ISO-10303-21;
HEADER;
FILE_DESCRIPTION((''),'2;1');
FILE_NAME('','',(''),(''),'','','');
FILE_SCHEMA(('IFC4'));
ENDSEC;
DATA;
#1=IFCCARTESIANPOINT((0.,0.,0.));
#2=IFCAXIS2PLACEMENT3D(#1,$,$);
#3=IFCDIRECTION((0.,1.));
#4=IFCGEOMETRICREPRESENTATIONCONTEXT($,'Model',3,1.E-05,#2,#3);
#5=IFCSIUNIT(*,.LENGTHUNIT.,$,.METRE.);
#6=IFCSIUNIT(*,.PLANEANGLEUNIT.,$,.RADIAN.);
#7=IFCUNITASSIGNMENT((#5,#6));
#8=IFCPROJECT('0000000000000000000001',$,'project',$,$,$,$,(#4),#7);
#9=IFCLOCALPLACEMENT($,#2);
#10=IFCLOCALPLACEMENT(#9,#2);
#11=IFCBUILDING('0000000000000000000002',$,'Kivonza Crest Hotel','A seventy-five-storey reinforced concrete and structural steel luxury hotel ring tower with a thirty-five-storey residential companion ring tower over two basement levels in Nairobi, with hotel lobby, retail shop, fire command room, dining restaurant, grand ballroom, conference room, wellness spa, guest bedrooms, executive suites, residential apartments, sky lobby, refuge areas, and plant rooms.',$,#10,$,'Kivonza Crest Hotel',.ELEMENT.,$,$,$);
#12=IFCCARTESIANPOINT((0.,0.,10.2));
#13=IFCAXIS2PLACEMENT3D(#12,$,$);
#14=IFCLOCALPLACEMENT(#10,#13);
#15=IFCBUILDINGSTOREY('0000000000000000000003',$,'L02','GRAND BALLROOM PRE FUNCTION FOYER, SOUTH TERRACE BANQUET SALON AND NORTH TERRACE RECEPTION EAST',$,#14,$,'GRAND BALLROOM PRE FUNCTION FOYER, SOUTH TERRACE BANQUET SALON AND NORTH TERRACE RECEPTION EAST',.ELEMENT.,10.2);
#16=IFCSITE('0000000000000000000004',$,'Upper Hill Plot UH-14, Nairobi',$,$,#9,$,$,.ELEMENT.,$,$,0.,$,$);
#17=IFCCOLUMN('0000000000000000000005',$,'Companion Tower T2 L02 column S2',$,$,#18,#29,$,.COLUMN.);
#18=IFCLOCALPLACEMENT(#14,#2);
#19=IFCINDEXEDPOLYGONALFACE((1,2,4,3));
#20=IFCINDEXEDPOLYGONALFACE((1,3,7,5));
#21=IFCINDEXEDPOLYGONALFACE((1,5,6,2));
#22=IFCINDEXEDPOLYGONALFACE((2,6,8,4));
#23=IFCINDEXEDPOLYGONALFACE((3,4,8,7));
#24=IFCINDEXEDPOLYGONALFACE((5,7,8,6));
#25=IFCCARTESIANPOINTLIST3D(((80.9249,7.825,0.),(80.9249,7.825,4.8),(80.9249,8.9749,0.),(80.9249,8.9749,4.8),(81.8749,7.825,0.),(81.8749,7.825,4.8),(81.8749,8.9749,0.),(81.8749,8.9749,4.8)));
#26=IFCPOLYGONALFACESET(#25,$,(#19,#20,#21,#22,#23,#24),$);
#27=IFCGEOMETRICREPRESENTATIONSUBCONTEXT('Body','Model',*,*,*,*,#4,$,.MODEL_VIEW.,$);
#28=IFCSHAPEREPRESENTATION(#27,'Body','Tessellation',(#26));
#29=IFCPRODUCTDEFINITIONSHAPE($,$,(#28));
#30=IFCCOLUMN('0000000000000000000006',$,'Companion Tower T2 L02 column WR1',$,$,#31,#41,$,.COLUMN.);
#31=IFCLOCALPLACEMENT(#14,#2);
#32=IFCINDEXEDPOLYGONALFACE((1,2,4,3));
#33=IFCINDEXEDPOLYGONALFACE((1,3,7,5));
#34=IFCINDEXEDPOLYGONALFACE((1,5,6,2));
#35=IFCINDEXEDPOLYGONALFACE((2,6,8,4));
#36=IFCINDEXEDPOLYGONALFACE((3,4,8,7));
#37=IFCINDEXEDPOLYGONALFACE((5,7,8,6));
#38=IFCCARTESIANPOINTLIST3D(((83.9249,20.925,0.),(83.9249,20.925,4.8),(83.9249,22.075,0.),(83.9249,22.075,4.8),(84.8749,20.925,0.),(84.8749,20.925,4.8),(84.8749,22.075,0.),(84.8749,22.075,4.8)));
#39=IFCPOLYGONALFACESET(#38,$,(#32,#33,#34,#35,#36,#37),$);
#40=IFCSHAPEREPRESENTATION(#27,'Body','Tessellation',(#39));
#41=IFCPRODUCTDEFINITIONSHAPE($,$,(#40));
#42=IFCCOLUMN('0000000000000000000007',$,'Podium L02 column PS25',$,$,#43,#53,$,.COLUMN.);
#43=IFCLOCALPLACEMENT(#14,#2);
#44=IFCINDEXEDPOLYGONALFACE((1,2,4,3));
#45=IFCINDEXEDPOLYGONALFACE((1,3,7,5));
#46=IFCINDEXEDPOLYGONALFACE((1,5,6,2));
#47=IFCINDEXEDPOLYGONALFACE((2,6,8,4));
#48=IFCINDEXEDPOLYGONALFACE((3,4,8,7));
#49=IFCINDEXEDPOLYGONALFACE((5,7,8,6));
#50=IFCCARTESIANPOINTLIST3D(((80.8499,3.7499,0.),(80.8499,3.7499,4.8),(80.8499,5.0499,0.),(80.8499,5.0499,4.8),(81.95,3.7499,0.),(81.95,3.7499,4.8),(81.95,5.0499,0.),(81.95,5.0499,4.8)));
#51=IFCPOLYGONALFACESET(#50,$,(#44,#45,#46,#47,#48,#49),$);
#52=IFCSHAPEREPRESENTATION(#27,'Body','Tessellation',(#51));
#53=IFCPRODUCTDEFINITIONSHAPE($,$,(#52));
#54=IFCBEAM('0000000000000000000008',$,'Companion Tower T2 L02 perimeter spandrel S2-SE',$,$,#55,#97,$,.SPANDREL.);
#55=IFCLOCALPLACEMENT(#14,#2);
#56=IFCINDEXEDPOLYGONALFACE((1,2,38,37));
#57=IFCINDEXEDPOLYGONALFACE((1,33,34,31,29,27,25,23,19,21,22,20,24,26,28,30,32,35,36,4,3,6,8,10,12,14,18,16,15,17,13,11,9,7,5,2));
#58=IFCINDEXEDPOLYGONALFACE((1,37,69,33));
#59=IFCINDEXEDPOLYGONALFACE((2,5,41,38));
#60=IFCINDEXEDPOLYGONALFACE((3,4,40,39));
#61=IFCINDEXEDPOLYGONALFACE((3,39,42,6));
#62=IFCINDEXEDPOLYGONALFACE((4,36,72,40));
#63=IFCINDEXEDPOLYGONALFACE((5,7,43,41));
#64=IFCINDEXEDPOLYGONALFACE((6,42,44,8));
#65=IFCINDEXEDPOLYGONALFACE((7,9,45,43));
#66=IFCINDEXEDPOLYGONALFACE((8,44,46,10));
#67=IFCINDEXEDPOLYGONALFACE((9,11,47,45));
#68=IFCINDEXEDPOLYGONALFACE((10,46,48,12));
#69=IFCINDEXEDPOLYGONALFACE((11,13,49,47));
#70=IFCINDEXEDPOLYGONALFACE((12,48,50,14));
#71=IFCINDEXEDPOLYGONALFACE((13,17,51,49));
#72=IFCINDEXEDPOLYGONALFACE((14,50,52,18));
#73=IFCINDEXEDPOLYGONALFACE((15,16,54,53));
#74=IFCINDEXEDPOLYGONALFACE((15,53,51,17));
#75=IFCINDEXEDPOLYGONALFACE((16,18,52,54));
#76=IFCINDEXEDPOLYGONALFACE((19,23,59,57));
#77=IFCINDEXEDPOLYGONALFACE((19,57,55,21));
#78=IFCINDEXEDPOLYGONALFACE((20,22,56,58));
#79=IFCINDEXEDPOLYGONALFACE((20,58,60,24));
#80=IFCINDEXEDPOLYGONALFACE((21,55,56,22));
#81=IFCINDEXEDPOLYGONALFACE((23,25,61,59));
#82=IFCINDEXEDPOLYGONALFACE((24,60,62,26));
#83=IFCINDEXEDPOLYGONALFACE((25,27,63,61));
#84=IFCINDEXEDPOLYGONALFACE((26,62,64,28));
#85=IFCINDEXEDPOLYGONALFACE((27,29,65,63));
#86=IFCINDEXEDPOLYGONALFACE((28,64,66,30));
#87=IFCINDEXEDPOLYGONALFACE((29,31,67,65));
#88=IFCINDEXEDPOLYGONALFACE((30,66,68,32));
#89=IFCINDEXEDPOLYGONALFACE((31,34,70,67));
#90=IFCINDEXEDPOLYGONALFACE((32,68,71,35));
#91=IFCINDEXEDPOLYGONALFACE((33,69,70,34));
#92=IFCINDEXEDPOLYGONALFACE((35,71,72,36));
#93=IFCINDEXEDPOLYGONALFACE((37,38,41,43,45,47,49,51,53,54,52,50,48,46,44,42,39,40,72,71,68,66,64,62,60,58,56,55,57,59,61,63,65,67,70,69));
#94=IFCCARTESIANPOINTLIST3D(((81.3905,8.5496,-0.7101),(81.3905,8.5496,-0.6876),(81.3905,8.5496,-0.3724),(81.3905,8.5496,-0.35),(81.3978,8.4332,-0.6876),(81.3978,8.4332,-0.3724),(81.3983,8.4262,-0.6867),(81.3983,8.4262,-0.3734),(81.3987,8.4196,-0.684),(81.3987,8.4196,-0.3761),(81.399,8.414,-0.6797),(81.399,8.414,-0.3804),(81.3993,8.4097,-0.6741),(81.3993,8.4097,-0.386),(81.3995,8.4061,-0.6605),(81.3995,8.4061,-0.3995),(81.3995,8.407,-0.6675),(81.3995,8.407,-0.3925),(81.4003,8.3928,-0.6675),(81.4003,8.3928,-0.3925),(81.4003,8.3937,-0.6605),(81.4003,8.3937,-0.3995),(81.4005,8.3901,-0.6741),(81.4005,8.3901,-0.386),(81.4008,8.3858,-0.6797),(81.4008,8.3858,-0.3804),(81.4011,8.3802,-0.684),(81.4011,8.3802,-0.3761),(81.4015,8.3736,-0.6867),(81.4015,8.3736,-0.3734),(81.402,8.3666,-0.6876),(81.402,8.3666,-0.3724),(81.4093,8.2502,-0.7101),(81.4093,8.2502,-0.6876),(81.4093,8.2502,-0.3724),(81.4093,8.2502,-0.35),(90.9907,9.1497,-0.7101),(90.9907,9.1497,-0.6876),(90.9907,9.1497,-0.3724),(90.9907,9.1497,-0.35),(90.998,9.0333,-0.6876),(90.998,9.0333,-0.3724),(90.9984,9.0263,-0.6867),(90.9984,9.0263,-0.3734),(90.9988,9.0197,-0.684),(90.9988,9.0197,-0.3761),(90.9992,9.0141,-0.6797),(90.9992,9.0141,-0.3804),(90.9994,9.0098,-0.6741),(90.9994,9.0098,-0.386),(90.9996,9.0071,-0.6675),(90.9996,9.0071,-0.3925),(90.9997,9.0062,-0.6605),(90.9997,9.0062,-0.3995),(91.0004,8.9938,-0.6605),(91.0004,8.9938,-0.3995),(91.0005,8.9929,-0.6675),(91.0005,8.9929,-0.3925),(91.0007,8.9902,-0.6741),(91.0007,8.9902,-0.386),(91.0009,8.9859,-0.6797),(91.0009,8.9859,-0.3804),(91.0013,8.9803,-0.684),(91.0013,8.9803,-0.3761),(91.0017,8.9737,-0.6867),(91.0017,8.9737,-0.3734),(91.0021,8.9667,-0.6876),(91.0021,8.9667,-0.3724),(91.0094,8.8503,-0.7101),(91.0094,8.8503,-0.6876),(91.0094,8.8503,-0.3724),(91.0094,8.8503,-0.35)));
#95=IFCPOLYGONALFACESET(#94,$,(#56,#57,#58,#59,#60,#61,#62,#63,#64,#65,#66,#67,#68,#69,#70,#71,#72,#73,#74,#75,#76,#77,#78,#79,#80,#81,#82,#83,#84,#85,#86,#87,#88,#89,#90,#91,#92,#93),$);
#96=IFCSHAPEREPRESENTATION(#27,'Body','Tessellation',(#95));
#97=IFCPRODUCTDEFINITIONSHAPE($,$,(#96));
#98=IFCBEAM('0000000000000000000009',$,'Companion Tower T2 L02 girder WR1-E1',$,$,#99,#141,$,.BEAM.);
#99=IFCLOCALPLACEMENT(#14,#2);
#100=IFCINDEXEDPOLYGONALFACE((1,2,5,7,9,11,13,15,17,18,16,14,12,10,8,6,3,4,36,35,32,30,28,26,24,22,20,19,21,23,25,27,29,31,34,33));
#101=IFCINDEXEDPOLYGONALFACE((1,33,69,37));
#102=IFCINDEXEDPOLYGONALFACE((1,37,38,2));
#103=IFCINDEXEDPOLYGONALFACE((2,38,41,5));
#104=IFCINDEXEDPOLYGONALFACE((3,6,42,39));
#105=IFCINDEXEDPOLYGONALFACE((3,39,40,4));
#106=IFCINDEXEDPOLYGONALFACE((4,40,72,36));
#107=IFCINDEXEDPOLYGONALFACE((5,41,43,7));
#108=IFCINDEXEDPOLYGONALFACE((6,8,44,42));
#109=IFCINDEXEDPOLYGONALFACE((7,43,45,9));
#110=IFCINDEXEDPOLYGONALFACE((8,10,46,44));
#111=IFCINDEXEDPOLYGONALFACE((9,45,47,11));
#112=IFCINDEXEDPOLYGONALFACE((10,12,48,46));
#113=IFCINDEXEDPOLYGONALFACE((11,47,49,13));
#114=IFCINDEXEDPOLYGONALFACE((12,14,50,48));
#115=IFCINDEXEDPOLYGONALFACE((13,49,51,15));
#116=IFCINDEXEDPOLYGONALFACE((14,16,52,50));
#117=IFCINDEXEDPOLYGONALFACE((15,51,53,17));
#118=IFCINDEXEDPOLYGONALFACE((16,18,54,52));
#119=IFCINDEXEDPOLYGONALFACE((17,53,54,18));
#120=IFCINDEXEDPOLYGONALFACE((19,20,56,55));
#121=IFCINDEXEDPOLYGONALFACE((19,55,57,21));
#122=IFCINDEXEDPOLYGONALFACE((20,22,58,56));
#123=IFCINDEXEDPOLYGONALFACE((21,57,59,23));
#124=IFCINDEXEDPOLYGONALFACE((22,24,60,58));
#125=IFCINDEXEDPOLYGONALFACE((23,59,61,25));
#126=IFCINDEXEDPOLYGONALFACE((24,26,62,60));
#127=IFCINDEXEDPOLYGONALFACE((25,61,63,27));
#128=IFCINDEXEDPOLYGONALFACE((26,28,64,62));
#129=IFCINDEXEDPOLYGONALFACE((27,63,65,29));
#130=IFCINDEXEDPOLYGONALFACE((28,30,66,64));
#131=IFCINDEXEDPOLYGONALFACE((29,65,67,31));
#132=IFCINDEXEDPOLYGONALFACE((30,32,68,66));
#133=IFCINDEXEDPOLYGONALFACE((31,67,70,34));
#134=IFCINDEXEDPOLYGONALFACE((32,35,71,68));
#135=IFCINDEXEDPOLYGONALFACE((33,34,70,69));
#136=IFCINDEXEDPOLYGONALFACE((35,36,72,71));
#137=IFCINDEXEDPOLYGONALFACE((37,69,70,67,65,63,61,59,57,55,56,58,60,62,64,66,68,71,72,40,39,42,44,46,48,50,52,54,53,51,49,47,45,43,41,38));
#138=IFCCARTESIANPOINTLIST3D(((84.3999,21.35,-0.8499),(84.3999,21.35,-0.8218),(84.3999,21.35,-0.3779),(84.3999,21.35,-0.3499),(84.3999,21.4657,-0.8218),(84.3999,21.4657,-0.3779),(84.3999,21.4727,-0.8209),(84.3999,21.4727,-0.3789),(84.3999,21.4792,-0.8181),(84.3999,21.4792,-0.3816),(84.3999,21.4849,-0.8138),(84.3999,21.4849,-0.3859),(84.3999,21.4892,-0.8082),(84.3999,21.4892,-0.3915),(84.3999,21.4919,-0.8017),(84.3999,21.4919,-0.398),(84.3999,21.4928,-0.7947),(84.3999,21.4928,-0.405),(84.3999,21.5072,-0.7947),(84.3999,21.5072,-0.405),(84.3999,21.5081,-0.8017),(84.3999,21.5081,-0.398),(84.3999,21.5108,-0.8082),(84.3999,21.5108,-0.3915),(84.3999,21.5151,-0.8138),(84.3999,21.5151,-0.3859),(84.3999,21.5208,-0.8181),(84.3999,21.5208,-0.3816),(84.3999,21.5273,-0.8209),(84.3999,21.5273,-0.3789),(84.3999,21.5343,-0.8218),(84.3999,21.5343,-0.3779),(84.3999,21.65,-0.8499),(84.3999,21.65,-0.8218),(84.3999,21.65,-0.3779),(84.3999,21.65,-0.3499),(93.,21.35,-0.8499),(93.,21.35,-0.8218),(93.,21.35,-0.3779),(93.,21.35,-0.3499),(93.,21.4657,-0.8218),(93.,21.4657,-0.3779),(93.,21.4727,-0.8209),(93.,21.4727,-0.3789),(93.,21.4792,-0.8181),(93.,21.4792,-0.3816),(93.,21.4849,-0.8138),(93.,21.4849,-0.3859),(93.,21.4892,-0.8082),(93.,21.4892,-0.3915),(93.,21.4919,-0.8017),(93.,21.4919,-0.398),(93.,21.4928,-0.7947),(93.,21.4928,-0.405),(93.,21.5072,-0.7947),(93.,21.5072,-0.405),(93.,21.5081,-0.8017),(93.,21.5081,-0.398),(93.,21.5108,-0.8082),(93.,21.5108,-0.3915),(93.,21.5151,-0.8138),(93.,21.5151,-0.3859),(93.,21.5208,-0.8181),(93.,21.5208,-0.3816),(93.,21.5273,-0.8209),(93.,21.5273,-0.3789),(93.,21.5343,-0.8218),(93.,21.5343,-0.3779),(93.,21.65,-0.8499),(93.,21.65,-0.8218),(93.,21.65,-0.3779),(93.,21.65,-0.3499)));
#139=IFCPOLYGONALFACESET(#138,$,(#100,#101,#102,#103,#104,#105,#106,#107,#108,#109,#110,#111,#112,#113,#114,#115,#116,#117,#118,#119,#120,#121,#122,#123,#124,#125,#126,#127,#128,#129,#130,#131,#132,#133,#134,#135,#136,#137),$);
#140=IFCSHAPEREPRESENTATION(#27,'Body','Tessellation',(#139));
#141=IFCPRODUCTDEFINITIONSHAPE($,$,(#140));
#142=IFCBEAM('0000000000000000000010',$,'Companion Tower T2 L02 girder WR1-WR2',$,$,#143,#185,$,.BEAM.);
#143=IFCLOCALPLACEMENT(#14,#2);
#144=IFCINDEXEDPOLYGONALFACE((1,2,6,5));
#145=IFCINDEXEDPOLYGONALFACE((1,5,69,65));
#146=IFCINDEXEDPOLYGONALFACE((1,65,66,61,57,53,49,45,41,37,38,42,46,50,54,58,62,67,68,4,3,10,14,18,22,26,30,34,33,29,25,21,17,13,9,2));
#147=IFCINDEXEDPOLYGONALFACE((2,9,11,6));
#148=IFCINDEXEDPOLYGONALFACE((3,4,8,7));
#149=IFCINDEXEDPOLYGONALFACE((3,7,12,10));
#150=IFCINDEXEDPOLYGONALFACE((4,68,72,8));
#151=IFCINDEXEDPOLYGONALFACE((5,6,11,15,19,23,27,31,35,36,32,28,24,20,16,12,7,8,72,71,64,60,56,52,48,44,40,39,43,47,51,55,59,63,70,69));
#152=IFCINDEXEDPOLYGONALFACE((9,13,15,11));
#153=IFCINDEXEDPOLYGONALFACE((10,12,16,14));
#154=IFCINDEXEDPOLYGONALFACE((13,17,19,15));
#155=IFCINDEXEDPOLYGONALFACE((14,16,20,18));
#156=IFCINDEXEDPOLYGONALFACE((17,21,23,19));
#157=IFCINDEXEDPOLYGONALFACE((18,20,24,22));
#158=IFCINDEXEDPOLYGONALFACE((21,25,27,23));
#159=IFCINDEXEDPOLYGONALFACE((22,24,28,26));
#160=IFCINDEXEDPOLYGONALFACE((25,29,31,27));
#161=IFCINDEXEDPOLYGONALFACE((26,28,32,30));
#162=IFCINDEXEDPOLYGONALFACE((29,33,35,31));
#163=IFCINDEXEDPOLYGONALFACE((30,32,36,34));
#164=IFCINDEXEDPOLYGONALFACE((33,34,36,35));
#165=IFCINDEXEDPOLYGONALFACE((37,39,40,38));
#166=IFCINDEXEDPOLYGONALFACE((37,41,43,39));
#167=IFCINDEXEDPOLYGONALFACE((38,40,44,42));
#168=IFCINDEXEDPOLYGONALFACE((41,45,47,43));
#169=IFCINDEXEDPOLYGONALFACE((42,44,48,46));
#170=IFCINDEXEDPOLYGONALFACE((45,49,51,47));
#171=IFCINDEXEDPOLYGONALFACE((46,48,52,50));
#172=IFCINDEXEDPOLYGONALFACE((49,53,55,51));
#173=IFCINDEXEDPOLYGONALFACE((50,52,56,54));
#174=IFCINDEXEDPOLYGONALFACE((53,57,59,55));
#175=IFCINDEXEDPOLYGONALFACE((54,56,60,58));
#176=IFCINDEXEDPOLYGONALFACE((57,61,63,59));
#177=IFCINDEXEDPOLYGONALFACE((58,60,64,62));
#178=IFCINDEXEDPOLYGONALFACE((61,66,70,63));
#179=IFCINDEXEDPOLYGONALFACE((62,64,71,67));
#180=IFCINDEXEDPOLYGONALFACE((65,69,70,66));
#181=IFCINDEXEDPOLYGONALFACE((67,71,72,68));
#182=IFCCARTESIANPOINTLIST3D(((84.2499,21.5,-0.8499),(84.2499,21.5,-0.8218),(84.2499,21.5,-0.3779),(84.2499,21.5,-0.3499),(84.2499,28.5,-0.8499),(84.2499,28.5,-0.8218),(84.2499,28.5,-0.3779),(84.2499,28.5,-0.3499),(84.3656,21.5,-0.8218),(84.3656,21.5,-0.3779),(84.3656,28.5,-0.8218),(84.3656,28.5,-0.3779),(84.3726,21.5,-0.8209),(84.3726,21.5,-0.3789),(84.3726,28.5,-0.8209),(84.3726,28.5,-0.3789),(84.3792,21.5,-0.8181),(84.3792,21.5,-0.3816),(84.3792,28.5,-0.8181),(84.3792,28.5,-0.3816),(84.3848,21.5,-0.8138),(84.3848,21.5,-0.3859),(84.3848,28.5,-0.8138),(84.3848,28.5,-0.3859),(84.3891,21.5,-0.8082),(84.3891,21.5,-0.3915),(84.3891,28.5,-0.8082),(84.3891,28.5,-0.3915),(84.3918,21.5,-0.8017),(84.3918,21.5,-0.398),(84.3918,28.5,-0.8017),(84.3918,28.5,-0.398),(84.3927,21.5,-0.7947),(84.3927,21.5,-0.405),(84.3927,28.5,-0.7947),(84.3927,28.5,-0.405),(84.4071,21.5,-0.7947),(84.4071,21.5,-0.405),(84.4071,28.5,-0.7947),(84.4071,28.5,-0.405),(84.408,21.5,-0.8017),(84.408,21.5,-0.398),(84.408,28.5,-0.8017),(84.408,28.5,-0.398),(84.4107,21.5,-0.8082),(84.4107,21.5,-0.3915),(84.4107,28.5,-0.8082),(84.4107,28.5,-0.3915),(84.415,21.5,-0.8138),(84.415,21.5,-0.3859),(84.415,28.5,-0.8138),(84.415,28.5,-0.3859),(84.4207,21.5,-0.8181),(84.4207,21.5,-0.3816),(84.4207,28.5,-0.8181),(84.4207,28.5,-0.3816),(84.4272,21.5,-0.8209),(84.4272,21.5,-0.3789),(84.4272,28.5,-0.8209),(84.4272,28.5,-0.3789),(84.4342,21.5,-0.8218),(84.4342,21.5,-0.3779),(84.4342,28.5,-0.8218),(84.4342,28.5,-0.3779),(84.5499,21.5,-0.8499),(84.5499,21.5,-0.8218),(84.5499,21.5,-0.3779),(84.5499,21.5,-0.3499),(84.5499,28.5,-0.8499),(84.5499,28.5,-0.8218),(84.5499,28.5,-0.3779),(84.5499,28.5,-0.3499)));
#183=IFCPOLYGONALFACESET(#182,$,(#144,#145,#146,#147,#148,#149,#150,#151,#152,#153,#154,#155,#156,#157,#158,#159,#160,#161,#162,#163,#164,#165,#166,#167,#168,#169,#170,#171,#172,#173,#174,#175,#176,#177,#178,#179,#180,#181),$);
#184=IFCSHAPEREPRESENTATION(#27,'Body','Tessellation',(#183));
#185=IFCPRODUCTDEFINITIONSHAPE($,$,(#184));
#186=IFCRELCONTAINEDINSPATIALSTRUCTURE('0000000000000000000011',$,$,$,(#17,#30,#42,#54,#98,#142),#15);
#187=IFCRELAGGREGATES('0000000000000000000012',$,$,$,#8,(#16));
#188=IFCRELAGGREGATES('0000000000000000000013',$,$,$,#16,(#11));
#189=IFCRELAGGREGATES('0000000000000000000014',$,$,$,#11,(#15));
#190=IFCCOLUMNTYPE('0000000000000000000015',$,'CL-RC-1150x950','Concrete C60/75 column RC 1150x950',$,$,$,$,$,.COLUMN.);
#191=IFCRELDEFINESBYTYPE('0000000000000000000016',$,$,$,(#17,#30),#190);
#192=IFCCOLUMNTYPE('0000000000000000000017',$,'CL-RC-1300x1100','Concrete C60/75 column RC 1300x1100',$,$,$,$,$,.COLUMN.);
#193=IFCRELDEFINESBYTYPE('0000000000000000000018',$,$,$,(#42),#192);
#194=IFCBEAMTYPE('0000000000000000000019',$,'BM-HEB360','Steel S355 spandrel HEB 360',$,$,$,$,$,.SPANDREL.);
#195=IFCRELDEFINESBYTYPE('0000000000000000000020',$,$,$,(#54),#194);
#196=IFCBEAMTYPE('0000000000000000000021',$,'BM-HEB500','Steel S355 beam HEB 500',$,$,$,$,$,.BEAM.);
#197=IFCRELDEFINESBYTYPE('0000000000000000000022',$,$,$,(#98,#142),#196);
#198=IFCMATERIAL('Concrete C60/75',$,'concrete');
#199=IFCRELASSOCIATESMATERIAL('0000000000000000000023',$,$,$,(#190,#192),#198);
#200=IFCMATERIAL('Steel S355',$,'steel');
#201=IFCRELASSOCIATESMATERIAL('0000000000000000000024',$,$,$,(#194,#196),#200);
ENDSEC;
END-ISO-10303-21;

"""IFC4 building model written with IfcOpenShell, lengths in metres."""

from ifc_helpers import new_model, si_unit, direction, frame, origin, origin_2d, place, context, subcontext, project, spatial, rectangle, i_section, extrude, material, material_profile, profile_set, type_object, element, save


model = new_model("IFC4")

# Units and contexts
model_context = context("Model", 3, precision=1e-05, world=origin(), true_north=direction((0.0, 1.0)))
body_context = subcontext(model_context, "Body", "Model", "MODEL_VIEW")
ifc_project = project(units=[si_unit("LENGTHUNIT", "METRE"), si_unit("PLANEANGLEUNIT", "RADIAN")], contexts=[model_context])

# Site, building, storey
site_placement = place(None, origin())
site = spatial("IfcSite", under=ifc_project, at=site_placement, Name="Upper Hill Plot UH-14, Nairobi", CompositionType="ELEMENT", RefElevation=0.0)
building_placement = place(site_placement, origin())
building = spatial("IfcBuilding", under=site, at=building_placement, Name="Kivonza Crest Hotel", Description="A seventy-five-storey reinforced concrete and structural steel luxury hotel ring tower with a thirty-five-storey residential companion ring tower over two basement levels in Nairobi, with hotel lobby, retail shop, fire command room, dining restaurant, grand ballroom, conference room, wellness spa, guest bedrooms, executive suites, residential apartments, sky lobby, refuge areas, and plant rooms.", LongName="Kivonza Crest Hotel", CompositionType="ELEMENT")
storey_placement = place(building_placement, frame((0.0, 0.0, 10.2)))
storey = spatial("IfcBuildingStorey", under=building, at=storey_placement, Name="L02", Description="GRAND BALLROOM PRE FUNCTION FOYER, SOUTH TERRACE BANQUET SALON AND NORTH TERRACE RECEPTION EAST", LongName="GRAND BALLROOM PRE FUNCTION FOYER, SOUTH TERRACE BANQUET SALON AND NORTH TERRACE RECEPTION EAST", CompositionType="ELEMENT", Elevation=10.2)

# Columns
ifc_material_1 = material(Name="Concrete C60/75", Category="concrete")
ifc_material_profile_1 = material_profile(ifc_material_1, rectangle(XDim=0.95, YDim=1.1499, at=origin_2d()), Name="RC 1150x950")
ifc_profile_set_1 = profile_set([ifc_material_profile_1], Name="Concrete C60/75")
column_type_1 = type_object("IfcColumnType", Name="CL-RC-1150x950", Description="Concrete C60/75 column RC 1150x950", PredefinedType="COLUMN", material=ifc_profile_set_1)
for number, where, z_axis, x_axis, name in (
    (1, (81.3999, 8.3999, 0.0), (0.0, 0.0, 1.0), (1.0, 0.0, 0.0), "Companion Tower T2 L02 column S2"),
    (2, (84.3999, 21.5, 0.0), (0.0, 0.0, 1.0), (1.0, 0.0, 0.0), "Companion Tower T2 L02 column WR1"),
):
    element("IfcColumn", number, at=place(storey_placement, frame(where, z_axis=z_axis, x_axis=x_axis)), inside=storey, type_object=column_type_1, Name=name, PredefinedType="COLUMN", context=body_context, shape_type="SweptSolid", body=[
        extrude(rectangle(XDim=0.95, YDim=1.1499, at=origin_2d()), origin(), (0.0, 0.0, 1.0), 4.8),
    ])
ifc_material_profile_2 = material_profile(ifc_material_1, rectangle(XDim=1.1001, YDim=1.3, at=origin_2d()), Name="RC 1300x1100")
ifc_profile_set_2 = profile_set([ifc_material_profile_2], Name="Concrete C60/75")
column_type_2 = type_object("IfcColumnType", Name="CL-RC-1300x1100", Description="Concrete C60/75 column RC 1300x1100", PredefinedType="COLUMN", material=ifc_profile_set_2)
column_placement = place(storey_placement, frame((81.3999, 4.3999, 0.0), z_axis=(0.0, 0.0, 1.0), x_axis=(1.0, 0.0, 0.0)))
element("IfcColumn", 3, at=column_placement, inside=storey, type_object=column_type_2, Name="Podium L02 column PS25", PredefinedType="COLUMN", context=body_context, shape_type="SweptSolid", body=[
    extrude(rectangle(XDim=1.1001, YDim=1.3, at=origin_2d()), origin(), (0.0, 0.0, 1.0), 4.8),
])

# Beams
ifc_material_2 = material(Name="Steel S355", Category="steel")
ifc_material_profile_3 = material_profile(ifc_material_2, i_section(OverallWidth=0.3, OverallDepth=0.3601, WebThickness=0.0125, FlangeThickness=0.0225, FilletRadius=0.0271, at=origin_2d()), Name="HEB 360")
ifc_profile_set_3 = profile_set([ifc_material_profile_3], Name="Steel S355")
beam_type_1 = type_object("IfcBeamType", Name="BM-HEB360", Description="Steel S355 spandrel HEB 360", PredefinedType="SPANDREL", material=ifc_profile_set_3)
beam_1_placement = place(storey_placement, frame((81.3999, 8.3999, -0.53), z_axis=(0.998052, 0.062388, 0.0), x_axis=(-0.062388, 0.998052, 0.0)))
element("IfcBeam", 4, at=beam_1_placement, inside=storey, type_object=beam_type_1, Name="Companion Tower T2 L02 perimeter spandrel S2-SE", PredefinedType="SPANDREL", context=body_context, shape_type="SweptSolid", body=[
    extrude(i_section(OverallWidth=0.3, OverallDepth=0.3601, WebThickness=0.0125, FlangeThickness=0.0225, FilletRadius=0.0271, at=origin_2d()), origin(), (0.0, 0.0, 1.0), 9.6189),
])
ifc_material_profile_4 = material_profile(ifc_material_2, i_section(OverallWidth=0.3, OverallDepth=0.5, WebThickness=0.0144, FlangeThickness=0.0281, FilletRadius=0.0271, at=origin_2d()), Name="HEB 500")
ifc_profile_set_4 = profile_set([ifc_material_profile_4], Name="Steel S355")
beam_type_2 = type_object("IfcBeamType", Name="BM-HEB500", Description="Steel S355 beam HEB 500", PredefinedType="BEAM", material=ifc_profile_set_4)
beam_2_placement = place(storey_placement, frame((84.3999, 21.5, -0.5999), z_axis=(1.0, 0.0, 0.0), x_axis=(0.0, 1.0, 0.0)))
element("IfcBeam", 5, at=beam_2_placement, inside=storey, type_object=beam_type_2, Name="Companion Tower T2 L02 girder WR1-E1", PredefinedType="BEAM", context=body_context, shape_type="SweptSolid", body=[
    extrude(i_section(OverallWidth=0.3, OverallDepth=0.5, WebThickness=0.0144, FlangeThickness=0.0281, FilletRadius=0.0271, at=origin_2d()), origin(), (0.0, 0.0, 1.0), 8.6001),
])
beam_3_placement = place(storey_placement, frame((84.3999, 21.5, -0.5999), z_axis=(0.0, 1.0, 0.0), x_axis=(-1.0, 0.0, 0.0)))
element("IfcBeam", 6, at=beam_3_placement, inside=storey, type_object=beam_type_2, Name="Companion Tower T2 L02 girder WR1-WR2", PredefinedType="BEAM", context=body_context, shape_type="SweptSolid", body=[
    extrude(i_section(OverallWidth=0.3, OverallDepth=0.5, WebThickness=0.0144, FlangeThickness=0.0281, FilletRadius=0.0271, at=origin_2d()), origin(), (0.0, 0.0, 1.0), 7.0),
])

save(model, "model.ifc")
